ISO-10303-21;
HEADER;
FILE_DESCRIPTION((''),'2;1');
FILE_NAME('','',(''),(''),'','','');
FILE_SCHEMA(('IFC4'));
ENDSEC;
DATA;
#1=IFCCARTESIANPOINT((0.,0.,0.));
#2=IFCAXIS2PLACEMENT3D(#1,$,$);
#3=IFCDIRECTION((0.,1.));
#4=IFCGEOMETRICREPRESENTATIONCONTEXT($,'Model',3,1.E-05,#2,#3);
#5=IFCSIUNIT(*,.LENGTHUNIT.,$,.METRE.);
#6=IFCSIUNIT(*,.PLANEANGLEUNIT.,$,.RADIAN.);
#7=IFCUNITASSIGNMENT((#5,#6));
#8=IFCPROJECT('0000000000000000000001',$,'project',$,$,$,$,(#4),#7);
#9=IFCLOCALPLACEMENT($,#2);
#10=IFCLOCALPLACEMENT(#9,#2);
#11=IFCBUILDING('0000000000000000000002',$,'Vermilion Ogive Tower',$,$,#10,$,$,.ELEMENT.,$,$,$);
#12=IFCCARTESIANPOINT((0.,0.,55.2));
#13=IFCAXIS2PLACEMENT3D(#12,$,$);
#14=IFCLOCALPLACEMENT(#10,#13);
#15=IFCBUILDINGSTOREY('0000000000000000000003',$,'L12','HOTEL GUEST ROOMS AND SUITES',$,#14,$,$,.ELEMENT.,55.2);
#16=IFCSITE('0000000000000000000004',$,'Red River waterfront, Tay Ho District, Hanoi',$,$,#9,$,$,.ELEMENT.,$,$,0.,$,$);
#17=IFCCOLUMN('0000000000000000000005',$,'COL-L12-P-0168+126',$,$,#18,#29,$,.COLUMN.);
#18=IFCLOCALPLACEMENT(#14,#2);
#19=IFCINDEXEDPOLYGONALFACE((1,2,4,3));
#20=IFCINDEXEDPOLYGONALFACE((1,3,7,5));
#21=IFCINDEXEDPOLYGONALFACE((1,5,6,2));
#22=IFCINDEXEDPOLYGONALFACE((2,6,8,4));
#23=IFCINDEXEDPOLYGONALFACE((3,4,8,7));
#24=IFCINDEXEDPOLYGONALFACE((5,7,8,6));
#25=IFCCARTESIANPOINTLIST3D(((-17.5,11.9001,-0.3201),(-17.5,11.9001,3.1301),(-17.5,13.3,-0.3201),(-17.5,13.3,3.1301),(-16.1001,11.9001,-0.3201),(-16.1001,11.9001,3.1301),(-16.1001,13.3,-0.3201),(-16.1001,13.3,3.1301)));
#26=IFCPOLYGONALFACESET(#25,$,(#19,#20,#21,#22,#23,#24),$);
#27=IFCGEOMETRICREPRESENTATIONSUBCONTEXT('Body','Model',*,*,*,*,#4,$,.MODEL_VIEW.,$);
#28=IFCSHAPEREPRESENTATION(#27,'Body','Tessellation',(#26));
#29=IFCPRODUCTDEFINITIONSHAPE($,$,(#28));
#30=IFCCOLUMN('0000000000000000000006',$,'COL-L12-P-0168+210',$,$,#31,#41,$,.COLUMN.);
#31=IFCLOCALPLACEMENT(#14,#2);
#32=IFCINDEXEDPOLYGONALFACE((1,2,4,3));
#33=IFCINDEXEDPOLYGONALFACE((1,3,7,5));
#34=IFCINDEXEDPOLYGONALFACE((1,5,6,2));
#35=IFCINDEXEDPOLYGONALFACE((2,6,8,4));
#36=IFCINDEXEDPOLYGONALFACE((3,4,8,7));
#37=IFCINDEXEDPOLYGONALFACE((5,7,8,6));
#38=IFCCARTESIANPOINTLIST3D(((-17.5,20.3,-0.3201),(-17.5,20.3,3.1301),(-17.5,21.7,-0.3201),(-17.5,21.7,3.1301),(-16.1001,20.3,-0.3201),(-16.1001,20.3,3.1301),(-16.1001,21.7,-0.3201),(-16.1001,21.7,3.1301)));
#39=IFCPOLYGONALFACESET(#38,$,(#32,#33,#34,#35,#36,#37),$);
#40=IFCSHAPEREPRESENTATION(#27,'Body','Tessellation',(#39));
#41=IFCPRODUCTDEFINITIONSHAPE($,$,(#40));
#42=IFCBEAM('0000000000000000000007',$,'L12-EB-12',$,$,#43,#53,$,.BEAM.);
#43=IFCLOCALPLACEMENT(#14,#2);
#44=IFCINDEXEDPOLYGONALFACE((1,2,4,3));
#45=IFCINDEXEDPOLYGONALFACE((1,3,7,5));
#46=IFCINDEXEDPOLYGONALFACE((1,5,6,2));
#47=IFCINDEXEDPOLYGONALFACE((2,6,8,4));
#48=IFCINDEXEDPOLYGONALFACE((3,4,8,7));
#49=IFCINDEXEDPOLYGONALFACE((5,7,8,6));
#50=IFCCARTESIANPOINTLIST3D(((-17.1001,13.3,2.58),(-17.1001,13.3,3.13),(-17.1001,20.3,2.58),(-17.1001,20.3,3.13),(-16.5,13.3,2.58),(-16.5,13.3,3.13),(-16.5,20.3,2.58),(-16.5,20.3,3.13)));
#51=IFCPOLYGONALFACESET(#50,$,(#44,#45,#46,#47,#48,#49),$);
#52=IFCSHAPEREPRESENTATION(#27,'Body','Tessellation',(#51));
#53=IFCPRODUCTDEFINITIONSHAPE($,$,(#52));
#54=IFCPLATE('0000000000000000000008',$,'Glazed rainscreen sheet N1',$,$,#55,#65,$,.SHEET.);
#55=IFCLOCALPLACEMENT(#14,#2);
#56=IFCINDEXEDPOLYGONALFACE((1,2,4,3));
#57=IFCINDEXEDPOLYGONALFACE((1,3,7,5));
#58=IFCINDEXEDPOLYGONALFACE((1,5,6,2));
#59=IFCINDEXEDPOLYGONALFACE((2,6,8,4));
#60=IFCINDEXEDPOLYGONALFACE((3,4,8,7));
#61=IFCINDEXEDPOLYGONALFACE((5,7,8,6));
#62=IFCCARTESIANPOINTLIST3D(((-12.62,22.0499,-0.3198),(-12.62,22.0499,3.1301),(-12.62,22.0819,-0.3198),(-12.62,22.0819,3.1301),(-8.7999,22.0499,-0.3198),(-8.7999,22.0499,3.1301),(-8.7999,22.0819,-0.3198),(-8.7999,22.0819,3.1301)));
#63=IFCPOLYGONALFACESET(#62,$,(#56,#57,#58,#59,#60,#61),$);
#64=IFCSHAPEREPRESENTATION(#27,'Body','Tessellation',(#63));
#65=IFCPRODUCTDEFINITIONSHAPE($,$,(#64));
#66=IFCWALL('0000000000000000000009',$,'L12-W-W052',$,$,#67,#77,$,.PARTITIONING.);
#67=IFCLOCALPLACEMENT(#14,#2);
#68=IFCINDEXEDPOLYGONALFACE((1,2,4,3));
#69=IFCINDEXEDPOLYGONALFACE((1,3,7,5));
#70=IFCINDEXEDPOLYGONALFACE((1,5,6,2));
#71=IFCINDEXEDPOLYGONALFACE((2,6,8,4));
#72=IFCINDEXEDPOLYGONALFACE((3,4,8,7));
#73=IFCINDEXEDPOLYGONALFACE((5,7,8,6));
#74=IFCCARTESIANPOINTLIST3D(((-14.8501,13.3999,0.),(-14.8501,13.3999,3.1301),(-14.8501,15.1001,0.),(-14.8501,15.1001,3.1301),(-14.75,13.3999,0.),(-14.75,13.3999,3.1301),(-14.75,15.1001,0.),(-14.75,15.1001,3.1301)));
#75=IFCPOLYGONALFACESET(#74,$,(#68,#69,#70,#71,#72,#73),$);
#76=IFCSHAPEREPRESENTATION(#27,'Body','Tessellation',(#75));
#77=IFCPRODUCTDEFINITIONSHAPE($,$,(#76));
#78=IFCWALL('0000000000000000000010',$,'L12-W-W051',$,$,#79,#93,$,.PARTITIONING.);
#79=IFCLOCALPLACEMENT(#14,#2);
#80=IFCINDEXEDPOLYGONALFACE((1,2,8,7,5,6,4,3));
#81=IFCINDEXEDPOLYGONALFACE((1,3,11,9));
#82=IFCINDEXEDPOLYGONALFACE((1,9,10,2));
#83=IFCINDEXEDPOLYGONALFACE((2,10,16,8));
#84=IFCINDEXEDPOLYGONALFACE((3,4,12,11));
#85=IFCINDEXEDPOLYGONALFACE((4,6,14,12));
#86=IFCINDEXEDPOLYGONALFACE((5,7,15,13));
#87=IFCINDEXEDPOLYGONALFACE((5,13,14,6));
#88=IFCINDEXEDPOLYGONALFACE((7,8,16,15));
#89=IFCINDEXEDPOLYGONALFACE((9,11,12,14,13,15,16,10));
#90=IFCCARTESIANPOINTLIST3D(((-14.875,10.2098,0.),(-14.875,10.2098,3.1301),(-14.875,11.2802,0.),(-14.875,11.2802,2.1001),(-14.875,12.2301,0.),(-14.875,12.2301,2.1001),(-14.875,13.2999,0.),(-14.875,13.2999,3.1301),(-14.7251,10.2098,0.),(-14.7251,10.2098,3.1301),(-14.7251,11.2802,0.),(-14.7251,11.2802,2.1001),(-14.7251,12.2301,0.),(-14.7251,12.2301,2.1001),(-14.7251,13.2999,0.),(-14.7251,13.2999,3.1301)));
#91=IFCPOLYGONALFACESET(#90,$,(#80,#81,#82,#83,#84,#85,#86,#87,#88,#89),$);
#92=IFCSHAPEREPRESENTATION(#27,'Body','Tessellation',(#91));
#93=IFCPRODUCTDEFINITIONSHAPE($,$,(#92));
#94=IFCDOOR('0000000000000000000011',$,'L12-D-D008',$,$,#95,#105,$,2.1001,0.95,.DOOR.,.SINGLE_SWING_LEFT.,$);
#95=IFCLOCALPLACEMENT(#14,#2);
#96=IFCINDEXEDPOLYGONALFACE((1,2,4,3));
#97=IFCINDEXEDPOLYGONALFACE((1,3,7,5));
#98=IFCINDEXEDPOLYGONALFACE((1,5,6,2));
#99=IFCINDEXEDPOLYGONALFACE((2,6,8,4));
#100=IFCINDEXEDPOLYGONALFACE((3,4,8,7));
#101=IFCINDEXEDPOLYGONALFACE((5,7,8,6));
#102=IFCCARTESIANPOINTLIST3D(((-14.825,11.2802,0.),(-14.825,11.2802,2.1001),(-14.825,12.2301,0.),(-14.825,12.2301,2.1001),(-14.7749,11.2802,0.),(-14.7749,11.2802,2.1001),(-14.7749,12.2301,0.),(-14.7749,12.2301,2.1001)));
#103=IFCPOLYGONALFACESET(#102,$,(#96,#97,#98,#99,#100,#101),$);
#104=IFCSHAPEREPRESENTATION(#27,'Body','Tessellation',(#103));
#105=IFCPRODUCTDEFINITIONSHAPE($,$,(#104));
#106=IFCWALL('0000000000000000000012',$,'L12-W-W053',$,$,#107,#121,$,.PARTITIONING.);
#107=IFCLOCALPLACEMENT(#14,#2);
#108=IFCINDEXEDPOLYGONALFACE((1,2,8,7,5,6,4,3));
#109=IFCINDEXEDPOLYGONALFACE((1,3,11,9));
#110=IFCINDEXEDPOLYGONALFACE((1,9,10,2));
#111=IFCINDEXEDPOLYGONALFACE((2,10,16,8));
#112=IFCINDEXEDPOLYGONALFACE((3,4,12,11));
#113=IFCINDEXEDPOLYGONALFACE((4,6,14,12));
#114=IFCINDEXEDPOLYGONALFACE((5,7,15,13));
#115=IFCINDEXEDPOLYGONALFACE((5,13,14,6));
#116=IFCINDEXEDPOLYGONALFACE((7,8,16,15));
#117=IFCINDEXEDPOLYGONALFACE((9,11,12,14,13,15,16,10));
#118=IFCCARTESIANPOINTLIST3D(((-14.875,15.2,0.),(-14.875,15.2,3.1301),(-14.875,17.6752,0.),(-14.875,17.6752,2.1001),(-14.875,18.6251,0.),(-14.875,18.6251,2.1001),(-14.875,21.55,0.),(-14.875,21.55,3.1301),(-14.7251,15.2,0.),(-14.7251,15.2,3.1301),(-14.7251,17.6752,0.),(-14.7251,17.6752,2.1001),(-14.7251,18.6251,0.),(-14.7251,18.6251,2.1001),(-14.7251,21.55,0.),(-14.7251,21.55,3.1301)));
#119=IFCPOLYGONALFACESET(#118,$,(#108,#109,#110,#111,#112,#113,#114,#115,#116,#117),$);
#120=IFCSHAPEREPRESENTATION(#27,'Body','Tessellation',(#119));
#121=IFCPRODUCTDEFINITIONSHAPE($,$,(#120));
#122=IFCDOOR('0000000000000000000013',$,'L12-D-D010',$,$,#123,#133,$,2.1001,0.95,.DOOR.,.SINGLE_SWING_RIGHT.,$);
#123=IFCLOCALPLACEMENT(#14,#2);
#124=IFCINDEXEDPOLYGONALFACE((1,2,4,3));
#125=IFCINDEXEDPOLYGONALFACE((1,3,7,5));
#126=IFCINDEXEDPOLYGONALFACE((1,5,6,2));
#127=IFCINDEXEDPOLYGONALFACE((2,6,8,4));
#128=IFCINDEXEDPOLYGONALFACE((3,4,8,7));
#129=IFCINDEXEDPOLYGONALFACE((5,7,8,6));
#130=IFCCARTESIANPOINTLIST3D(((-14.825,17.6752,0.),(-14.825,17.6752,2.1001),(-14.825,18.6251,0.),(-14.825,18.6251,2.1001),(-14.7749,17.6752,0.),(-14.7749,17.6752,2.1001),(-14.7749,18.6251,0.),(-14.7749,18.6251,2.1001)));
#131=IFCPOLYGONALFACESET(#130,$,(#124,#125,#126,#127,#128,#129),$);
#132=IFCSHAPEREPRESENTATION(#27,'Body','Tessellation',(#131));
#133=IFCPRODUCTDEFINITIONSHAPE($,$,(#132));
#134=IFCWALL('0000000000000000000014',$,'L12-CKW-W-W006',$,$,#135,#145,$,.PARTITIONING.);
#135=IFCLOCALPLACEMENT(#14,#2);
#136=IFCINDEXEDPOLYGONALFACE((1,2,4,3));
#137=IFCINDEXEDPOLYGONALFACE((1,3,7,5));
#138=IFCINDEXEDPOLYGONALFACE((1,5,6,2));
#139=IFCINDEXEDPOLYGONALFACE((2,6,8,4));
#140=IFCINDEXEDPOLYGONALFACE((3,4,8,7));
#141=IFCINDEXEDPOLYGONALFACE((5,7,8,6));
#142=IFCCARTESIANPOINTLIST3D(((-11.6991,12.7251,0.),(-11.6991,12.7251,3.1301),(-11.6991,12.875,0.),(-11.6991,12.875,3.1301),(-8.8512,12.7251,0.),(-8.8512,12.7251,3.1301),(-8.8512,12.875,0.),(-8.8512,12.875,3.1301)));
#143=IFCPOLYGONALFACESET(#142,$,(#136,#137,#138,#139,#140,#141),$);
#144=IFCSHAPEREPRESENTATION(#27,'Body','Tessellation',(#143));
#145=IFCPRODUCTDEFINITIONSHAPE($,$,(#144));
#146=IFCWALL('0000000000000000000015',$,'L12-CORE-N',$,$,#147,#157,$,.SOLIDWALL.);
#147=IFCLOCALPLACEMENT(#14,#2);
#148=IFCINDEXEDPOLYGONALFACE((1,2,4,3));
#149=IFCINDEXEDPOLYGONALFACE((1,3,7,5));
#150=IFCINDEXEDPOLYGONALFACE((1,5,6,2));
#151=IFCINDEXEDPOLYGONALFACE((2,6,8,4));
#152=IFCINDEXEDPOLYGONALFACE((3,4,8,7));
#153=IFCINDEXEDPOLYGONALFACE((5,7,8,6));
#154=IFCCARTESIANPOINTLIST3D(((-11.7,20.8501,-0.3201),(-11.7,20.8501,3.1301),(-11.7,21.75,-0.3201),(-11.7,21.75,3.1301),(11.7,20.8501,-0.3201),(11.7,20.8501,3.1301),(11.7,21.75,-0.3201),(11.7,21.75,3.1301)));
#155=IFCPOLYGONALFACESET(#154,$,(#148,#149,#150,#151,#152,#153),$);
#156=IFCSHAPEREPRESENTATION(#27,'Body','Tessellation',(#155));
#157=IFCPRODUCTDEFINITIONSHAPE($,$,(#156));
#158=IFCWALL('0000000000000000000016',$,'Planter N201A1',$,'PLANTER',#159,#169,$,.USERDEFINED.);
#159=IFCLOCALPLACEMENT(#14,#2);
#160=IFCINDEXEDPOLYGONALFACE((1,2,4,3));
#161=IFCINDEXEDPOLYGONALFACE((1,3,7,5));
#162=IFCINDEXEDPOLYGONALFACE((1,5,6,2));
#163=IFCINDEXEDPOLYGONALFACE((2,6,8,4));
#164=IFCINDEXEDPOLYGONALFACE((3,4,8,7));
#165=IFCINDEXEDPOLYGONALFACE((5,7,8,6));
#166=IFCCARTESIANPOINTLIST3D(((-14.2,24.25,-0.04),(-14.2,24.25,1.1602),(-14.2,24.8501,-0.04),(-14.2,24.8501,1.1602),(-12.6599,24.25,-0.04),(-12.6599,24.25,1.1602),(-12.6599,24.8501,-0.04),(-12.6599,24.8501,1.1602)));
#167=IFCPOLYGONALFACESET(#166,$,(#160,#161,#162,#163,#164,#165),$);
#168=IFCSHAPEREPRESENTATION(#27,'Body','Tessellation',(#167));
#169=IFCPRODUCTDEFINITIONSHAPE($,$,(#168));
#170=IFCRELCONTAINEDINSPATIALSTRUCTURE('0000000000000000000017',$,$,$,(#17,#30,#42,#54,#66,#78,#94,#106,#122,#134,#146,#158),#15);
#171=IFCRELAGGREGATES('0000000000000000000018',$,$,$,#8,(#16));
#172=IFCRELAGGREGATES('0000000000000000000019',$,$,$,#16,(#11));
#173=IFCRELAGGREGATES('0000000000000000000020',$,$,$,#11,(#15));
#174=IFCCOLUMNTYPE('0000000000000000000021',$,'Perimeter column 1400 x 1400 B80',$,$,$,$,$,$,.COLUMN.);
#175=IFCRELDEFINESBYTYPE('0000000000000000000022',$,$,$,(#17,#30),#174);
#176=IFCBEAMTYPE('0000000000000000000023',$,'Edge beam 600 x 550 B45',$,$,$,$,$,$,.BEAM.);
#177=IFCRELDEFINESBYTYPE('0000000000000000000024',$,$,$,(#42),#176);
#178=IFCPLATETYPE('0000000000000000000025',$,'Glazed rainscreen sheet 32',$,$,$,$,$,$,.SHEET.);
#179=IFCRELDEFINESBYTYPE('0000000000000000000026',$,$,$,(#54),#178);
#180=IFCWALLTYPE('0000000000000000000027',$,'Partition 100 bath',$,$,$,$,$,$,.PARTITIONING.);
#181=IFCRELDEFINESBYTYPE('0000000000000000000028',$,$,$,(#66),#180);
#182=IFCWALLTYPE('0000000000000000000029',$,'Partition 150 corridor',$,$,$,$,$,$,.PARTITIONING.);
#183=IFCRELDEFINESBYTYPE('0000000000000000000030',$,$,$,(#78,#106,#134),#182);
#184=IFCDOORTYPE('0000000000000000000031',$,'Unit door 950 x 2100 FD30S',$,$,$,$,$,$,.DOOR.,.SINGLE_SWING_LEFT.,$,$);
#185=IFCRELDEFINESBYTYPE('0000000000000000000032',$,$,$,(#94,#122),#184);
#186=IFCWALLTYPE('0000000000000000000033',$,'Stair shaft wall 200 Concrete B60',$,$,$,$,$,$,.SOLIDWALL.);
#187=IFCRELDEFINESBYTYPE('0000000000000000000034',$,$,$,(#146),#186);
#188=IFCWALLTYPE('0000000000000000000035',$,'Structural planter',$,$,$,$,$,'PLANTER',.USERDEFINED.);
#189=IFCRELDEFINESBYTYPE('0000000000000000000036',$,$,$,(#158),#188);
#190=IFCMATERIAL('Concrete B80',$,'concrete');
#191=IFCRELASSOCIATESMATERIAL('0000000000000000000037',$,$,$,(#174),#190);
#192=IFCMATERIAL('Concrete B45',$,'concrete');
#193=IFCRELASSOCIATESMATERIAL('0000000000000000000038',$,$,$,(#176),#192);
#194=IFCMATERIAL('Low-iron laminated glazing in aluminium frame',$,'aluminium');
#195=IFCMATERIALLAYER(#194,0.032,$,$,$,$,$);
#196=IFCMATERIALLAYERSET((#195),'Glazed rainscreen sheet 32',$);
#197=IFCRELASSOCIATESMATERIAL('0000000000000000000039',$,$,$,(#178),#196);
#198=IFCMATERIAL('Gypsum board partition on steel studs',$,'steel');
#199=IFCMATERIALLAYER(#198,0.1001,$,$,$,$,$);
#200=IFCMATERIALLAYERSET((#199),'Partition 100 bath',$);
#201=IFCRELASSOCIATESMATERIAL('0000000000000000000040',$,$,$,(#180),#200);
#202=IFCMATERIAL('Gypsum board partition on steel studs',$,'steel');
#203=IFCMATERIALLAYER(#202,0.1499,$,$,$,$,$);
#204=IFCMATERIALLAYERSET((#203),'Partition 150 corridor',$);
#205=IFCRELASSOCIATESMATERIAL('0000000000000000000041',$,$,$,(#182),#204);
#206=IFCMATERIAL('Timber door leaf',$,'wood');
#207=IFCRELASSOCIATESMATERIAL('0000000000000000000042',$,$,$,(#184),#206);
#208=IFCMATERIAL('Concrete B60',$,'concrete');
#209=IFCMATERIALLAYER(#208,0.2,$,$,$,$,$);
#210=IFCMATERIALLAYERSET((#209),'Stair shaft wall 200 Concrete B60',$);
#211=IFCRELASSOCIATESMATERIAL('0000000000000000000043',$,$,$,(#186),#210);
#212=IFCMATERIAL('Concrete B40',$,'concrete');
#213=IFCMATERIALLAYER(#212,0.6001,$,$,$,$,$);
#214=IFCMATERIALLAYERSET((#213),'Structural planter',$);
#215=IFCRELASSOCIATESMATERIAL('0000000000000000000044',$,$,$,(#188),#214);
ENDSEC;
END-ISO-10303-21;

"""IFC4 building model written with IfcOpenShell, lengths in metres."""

from ifc_helpers import new_model, si_unit, direction, frame, frame_2d, origin, origin_2d, place, context, subcontext, project, spatial, rectangle, extrude, material, layer, layer_set, material_profile, profile_set, type_object, element, fill, save


model = new_model("IFC4")

# Units and contexts
model_context = context("Model", 3, precision=1e-05, world=origin(), true_north=direction((0.0, 1.0)))
body_context = subcontext(model_context, "Body", "Model", "MODEL_VIEW")
ifc_project = project(units=[si_unit("LENGTHUNIT", "METRE"), si_unit("PLANEANGLEUNIT", "RADIAN")], contexts=[model_context])

# Site, building, storey
site_placement = place(None, origin())
site = spatial("IfcSite", under=ifc_project, at=site_placement, Name="Red River waterfront, Tay Ho District, Hanoi", CompositionType="ELEMENT", RefElevation=0.0)
building_placement = place(site_placement, origin())
building = spatial("IfcBuilding", under=site, at=building_placement, Name="Vermilion Ogive Tower", CompositionType="ELEMENT")
storey_placement = place(building_placement, frame((0.0, 0.0, 55.2)))
storey = spatial("IfcBuildingStorey", under=building, at=storey_placement, Name="L12", Description="HOTEL GUEST ROOMS AND SUITES", CompositionType="ELEMENT", Elevation=55.2)

# Columns
ifc_material_1 = material(Name="Concrete B80", Category="concrete")
ifc_material_profile_1 = material_profile(ifc_material_1, rectangle(XDim=1.3999, YDim=1.3999, at=origin_2d()), Name="1400 x 1400")
ifc_profile_set_1 = profile_set([ifc_material_profile_1], Name="Concrete B80")
column_type = type_object("IfcColumnType", Name="Perimeter column 1400 x 1400 B80", PredefinedType="COLUMN", material=ifc_profile_set_1)
for number, where, z_axis, x_axis, name in (
    (1, (-16.8, 12.6001, -0.3201), (0.0, 0.0, 1.0), (1.0, 0.0, 0.0), "COL-L12-P-0168+126"),
    (2, (-16.8, 21.0, -0.3201), (0.0, 0.0, 1.0), (1.0, 0.0, 0.0), "COL-L12-P-0168+210"),
):
    element("IfcColumn", number, at=place(storey_placement, frame(where, z_axis=z_axis, x_axis=x_axis)), inside=storey, type_object=column_type, Name=name, PredefinedType="COLUMN", context=body_context, shape_type="SweptSolid", body=[
        extrude(rectangle(XDim=1.3999, YDim=1.3999, at=origin_2d()), origin(), (0.0, 0.0, 1.0), 3.4502),
    ])

# Beam
ifc_material_2 = material(Name="Concrete B45", Category="concrete")
ifc_material_profile_2 = material_profile(ifc_material_2, rectangle(XDim=0.6001, YDim=0.55, at=origin_2d()), Name="600 x 550")
ifc_profile_set_2 = profile_set([ifc_material_profile_2], Name="Concrete B45")
beam_type = type_object("IfcBeamType", Name="Edge beam 600 x 550 B45", PredefinedType="BEAM", material=ifc_profile_set_2)
beam_placement = place(storey_placement, frame((-16.8, 20.3, 2.855), z_axis=(0.0, -1.0, 0.0), x_axis=(1.0, 0.0, 0.0)))
element("IfcBeam", 3, at=beam_placement, inside=storey, type_object=beam_type, Name="L12-EB-12", PredefinedType="BEAM", context=body_context, shape_type="SweptSolid", body=[
    extrude(rectangle(XDim=0.6001, YDim=0.55, at=origin_2d()), origin(), (0.0, 0.0, 1.0), 7.0),
])

# Plate
ifc_material_3 = material(Name="Low-iron laminated glazing in aluminium frame", Category="aluminium")
ifc_layer_1 = layer(ifc_material_3, 0.032)
ifc_layer_set_1 = layer_set([ifc_layer_1], Name="Glazed rainscreen sheet 32")
plate_type = type_object("IfcPlateType", Name="Glazed rainscreen sheet 32", PredefinedType="SHEET", material=ifc_layer_set_1)
plate_placement = place(storey_placement, frame((-10.71, 22.0659, -0.3198), z_axis=(0.0, 0.0, 1.0), x_axis=(1.0, 0.0, 0.0)))
element("IfcPlate", 4, at=plate_placement, inside=storey, type_object=plate_type, Name="Glazed rainscreen sheet N1", PredefinedType="SHEET", context=body_context, shape_type="SweptSolid", body=[
    extrude(rectangle(XDim=3.8201, YDim=0.032, at=origin_2d()), origin(), (0.0, 0.0, 1.0), 3.45),
])

# Wall
ifc_material_4 = material(Name="Gypsum board partition on steel studs", Category="steel")
ifc_layer_2 = layer(ifc_material_4, 0.1001)
ifc_layer_set_2 = layer_set([ifc_layer_2], Name="Partition 100 bath")
wall_type_1 = type_object("IfcWallType", Name="Partition 100 bath", PredefinedType="PARTITIONING", material=ifc_layer_set_2)
wall_1_placement = place(storey_placement, frame((-14.8, 13.3999, 0.0), z_axis=(0.0, 0.0, 1.0), x_axis=(0.0, 1.0, 0.0)))
element("IfcWall", 5, at=wall_1_placement, inside=storey, type_object=wall_type_1, Name="L12-W-W052", PredefinedType="PARTITIONING", context=body_context, shape_type="SweptSolid", body=[
    extrude(rectangle(XDim=1.7002, YDim=0.1001, at=frame_2d((0.8501, 0.0))), origin(), (0.0, 0.0, 1.0), 3.1301),
])

# Walls, openings, doors
ifc_material_5 = material(Name="Gypsum board partition on steel studs", Category="steel")
ifc_layer_3 = layer(ifc_material_5, 0.1499)
ifc_layer_set_3 = layer_set([ifc_layer_3], Name="Partition 150 corridor")
wall_type_2 = type_object("IfcWallType", Name="Partition 150 corridor", PredefinedType="PARTITIONING", material=ifc_layer_set_3)
wall_2_placement = place(storey_placement, frame((-14.8, 10.21, 0.0), z_axis=(0.0, 0.0, 1.0), x_axis=(0.0, 1.0, 0.0)))
wall_2 = element("IfcWall", 6, at=wall_2_placement, inside=storey, type_object=wall_type_2, Name="L12-W-W051", PredefinedType="PARTITIONING", context=body_context, shape_type="SweptSolid", body=[
    extrude(rectangle(XDim=3.0901, YDim=0.1499, at=frame_2d((1.5449, 0.0))), origin(), (0.0, 0.0, 1.0), 3.1301),
])
opening_1_placement = place(wall_2_placement, frame((1.0701, 0.0, 0.0)))
opening_1 = element("IfcOpeningElement", 7, at=opening_1_placement, cuts=wall_2, PredefinedType="OPENING", context=body_context, shape_type="SweptSolid", body=[
    extrude(rectangle(XDim=0.95, YDim=2.1001, at=frame_2d((0.4751, 1.05))), frame((0.0, 0.085, 0.0), z_axis=(0.0, -1.0, 0.0), x_axis=(1.0, 0.0, 0.0)), (0.0, 0.0, 1.0), 0.1699),
])
ifc_material_6 = material(Name="Timber door leaf", Category="wood")
door_type_1 = type_object("IfcDoorType", Name="Unit door 950 x 2100 FD30S", OperationType="SINGLE_SWING_LEFT", PredefinedType="DOOR", material=ifc_material_6)
door_1_placement = place(opening_1_placement, origin())
door_1 = element("IfcDoor", 8, at=door_1_placement, inside=storey, type_object=door_type_1, Name="L12-D-D008", OperationType="SINGLE_SWING_LEFT", OverallHeight=2.1001, OverallWidth=0.95, PredefinedType="DOOR", context=body_context, shape_type="SweptSolid", body=[
    extrude(rectangle(XDim=0.95, YDim=2.1001, at=frame_2d((0.4751, 1.05))), frame((0.0, 0.0249, 0.0), z_axis=(0.0, -1.0, 0.0), x_axis=(1.0, 0.0, 0.0)), (0.0, 0.0, 1.0), 0.05),
])
fill(opening_1, door_1)
wall_3_placement = place(storey_placement, frame((-14.8, 15.2, 0.0), z_axis=(0.0, 0.0, 1.0), x_axis=(0.0, 1.0, 0.0)))
wall_3 = element("IfcWall", 9, at=wall_3_placement, inside=storey, type_object=wall_type_2, Name="L12-W-W053", PredefinedType="PARTITIONING", context=body_context, shape_type="SweptSolid", body=[
    extrude(rectangle(XDim=6.3501, YDim=0.1499, at=frame_2d((3.175, 0.0))), origin(), (0.0, 0.0, 1.0), 3.1301),
])
opening_2_placement = place(wall_3_placement, frame((2.4751, 0.0, 0.0)))
opening_2 = element("IfcOpeningElement", 10, at=opening_2_placement, cuts=wall_3, PredefinedType="OPENING", context=body_context, shape_type="SweptSolid", body=[
    extrude(rectangle(XDim=0.95, YDim=2.1001, at=frame_2d((0.4751, 1.05))), frame((0.0, 0.085, 0.0), z_axis=(0.0, -1.0, 0.0), x_axis=(1.0, 0.0, 0.0)), (0.0, 0.0, 1.0), 0.1699),
])
door_2_placement = place(opening_2_placement, origin())
door_2 = element("IfcDoor", 11, at=door_2_placement, inside=storey, type_object=door_type_1, Name="L12-D-D010", OperationType="SINGLE_SWING_RIGHT", OverallHeight=2.1001, OverallWidth=0.95, PredefinedType="DOOR", context=body_context, shape_type="SweptSolid", body=[
    extrude(rectangle(XDim=0.95, YDim=2.1001, at=frame_2d((0.4751, 1.05))), frame((0.0, 0.0249, 0.0), z_axis=(0.0, -1.0, 0.0), x_axis=(1.0, 0.0, 0.0)), (0.0, 0.0, 1.0), 0.05),
])
fill(opening_2, door_2)

# Walls
wall_4_placement = place(storey_placement, frame((-11.699, 12.8, 0.0), z_axis=(0.0, 0.0, 1.0), x_axis=(1.0, 0.0, 0.0)))
element("IfcWall", 12, at=wall_4_placement, inside=storey, type_object=wall_type_2, Name="L12-CKW-W-W006", PredefinedType="PARTITIONING", context=body_context, shape_type="SweptSolid", body=[
    extrude(rectangle(XDim=2.8479, YDim=0.1499, at=frame_2d((1.4238, 0.0))), origin(), (0.0, 0.0, 1.0), 3.1301),
])
ifc_material_7 = material(Name="Concrete B60", Category="concrete")
ifc_layer_4 = layer(ifc_material_7, 0.2)
ifc_layer_set_4 = layer_set([ifc_layer_4], Name="Stair shaft wall 200 Concrete B60")
wall_type_3 = type_object("IfcWallType", Name="Stair shaft wall 200 Concrete B60", PredefinedType="SOLIDWALL", material=ifc_layer_set_4)
wall_5_placement = place(storey_placement, frame((-11.7, 21.3, -0.3201), z_axis=(0.0, 0.0, 1.0), x_axis=(1.0, 0.0, 0.0)))
element("IfcWall", 13, at=wall_5_placement, inside=storey, type_object=wall_type_3, Name="L12-CORE-N", PredefinedType="SOLIDWALL", context=body_context, shape_type="SweptSolid", body=[
    extrude(rectangle(XDim=23.3999, YDim=0.8999, at=frame_2d((11.7, 0.0))), origin(), (0.0, 0.0, 1.0), 3.4502),
])
ifc_material_8 = material(Name="Concrete B40", Category="concrete")
ifc_layer_5 = layer(ifc_material_8, 0.6001)
ifc_layer_set_5 = layer_set([ifc_layer_5], Name="Structural planter")
wall_type_4 = type_object("IfcWallType", Name="Structural planter", ElementType="PLANTER", PredefinedType="USERDEFINED", material=ifc_layer_set_5)
wall_6_placement = place(storey_placement, frame((-12.6599, 24.55, -0.04), z_axis=(0.0, 0.0, 1.0), x_axis=(-1.0, 0.0, 0.0)))
element("IfcWall", 14, at=wall_6_placement, inside=storey, type_object=wall_type_4, Name="Planter N201A1", ObjectType="PLANTER", PredefinedType="USERDEFINED", context=body_context, shape_type="SweptSolid", body=[
    extrude(rectangle(XDim=1.54, YDim=0.6001, at=frame_2d((0.77, 0.0))), origin(), (0.0, 0.0, 1.0), 1.2002),
])

save(model, "model.ifc")
